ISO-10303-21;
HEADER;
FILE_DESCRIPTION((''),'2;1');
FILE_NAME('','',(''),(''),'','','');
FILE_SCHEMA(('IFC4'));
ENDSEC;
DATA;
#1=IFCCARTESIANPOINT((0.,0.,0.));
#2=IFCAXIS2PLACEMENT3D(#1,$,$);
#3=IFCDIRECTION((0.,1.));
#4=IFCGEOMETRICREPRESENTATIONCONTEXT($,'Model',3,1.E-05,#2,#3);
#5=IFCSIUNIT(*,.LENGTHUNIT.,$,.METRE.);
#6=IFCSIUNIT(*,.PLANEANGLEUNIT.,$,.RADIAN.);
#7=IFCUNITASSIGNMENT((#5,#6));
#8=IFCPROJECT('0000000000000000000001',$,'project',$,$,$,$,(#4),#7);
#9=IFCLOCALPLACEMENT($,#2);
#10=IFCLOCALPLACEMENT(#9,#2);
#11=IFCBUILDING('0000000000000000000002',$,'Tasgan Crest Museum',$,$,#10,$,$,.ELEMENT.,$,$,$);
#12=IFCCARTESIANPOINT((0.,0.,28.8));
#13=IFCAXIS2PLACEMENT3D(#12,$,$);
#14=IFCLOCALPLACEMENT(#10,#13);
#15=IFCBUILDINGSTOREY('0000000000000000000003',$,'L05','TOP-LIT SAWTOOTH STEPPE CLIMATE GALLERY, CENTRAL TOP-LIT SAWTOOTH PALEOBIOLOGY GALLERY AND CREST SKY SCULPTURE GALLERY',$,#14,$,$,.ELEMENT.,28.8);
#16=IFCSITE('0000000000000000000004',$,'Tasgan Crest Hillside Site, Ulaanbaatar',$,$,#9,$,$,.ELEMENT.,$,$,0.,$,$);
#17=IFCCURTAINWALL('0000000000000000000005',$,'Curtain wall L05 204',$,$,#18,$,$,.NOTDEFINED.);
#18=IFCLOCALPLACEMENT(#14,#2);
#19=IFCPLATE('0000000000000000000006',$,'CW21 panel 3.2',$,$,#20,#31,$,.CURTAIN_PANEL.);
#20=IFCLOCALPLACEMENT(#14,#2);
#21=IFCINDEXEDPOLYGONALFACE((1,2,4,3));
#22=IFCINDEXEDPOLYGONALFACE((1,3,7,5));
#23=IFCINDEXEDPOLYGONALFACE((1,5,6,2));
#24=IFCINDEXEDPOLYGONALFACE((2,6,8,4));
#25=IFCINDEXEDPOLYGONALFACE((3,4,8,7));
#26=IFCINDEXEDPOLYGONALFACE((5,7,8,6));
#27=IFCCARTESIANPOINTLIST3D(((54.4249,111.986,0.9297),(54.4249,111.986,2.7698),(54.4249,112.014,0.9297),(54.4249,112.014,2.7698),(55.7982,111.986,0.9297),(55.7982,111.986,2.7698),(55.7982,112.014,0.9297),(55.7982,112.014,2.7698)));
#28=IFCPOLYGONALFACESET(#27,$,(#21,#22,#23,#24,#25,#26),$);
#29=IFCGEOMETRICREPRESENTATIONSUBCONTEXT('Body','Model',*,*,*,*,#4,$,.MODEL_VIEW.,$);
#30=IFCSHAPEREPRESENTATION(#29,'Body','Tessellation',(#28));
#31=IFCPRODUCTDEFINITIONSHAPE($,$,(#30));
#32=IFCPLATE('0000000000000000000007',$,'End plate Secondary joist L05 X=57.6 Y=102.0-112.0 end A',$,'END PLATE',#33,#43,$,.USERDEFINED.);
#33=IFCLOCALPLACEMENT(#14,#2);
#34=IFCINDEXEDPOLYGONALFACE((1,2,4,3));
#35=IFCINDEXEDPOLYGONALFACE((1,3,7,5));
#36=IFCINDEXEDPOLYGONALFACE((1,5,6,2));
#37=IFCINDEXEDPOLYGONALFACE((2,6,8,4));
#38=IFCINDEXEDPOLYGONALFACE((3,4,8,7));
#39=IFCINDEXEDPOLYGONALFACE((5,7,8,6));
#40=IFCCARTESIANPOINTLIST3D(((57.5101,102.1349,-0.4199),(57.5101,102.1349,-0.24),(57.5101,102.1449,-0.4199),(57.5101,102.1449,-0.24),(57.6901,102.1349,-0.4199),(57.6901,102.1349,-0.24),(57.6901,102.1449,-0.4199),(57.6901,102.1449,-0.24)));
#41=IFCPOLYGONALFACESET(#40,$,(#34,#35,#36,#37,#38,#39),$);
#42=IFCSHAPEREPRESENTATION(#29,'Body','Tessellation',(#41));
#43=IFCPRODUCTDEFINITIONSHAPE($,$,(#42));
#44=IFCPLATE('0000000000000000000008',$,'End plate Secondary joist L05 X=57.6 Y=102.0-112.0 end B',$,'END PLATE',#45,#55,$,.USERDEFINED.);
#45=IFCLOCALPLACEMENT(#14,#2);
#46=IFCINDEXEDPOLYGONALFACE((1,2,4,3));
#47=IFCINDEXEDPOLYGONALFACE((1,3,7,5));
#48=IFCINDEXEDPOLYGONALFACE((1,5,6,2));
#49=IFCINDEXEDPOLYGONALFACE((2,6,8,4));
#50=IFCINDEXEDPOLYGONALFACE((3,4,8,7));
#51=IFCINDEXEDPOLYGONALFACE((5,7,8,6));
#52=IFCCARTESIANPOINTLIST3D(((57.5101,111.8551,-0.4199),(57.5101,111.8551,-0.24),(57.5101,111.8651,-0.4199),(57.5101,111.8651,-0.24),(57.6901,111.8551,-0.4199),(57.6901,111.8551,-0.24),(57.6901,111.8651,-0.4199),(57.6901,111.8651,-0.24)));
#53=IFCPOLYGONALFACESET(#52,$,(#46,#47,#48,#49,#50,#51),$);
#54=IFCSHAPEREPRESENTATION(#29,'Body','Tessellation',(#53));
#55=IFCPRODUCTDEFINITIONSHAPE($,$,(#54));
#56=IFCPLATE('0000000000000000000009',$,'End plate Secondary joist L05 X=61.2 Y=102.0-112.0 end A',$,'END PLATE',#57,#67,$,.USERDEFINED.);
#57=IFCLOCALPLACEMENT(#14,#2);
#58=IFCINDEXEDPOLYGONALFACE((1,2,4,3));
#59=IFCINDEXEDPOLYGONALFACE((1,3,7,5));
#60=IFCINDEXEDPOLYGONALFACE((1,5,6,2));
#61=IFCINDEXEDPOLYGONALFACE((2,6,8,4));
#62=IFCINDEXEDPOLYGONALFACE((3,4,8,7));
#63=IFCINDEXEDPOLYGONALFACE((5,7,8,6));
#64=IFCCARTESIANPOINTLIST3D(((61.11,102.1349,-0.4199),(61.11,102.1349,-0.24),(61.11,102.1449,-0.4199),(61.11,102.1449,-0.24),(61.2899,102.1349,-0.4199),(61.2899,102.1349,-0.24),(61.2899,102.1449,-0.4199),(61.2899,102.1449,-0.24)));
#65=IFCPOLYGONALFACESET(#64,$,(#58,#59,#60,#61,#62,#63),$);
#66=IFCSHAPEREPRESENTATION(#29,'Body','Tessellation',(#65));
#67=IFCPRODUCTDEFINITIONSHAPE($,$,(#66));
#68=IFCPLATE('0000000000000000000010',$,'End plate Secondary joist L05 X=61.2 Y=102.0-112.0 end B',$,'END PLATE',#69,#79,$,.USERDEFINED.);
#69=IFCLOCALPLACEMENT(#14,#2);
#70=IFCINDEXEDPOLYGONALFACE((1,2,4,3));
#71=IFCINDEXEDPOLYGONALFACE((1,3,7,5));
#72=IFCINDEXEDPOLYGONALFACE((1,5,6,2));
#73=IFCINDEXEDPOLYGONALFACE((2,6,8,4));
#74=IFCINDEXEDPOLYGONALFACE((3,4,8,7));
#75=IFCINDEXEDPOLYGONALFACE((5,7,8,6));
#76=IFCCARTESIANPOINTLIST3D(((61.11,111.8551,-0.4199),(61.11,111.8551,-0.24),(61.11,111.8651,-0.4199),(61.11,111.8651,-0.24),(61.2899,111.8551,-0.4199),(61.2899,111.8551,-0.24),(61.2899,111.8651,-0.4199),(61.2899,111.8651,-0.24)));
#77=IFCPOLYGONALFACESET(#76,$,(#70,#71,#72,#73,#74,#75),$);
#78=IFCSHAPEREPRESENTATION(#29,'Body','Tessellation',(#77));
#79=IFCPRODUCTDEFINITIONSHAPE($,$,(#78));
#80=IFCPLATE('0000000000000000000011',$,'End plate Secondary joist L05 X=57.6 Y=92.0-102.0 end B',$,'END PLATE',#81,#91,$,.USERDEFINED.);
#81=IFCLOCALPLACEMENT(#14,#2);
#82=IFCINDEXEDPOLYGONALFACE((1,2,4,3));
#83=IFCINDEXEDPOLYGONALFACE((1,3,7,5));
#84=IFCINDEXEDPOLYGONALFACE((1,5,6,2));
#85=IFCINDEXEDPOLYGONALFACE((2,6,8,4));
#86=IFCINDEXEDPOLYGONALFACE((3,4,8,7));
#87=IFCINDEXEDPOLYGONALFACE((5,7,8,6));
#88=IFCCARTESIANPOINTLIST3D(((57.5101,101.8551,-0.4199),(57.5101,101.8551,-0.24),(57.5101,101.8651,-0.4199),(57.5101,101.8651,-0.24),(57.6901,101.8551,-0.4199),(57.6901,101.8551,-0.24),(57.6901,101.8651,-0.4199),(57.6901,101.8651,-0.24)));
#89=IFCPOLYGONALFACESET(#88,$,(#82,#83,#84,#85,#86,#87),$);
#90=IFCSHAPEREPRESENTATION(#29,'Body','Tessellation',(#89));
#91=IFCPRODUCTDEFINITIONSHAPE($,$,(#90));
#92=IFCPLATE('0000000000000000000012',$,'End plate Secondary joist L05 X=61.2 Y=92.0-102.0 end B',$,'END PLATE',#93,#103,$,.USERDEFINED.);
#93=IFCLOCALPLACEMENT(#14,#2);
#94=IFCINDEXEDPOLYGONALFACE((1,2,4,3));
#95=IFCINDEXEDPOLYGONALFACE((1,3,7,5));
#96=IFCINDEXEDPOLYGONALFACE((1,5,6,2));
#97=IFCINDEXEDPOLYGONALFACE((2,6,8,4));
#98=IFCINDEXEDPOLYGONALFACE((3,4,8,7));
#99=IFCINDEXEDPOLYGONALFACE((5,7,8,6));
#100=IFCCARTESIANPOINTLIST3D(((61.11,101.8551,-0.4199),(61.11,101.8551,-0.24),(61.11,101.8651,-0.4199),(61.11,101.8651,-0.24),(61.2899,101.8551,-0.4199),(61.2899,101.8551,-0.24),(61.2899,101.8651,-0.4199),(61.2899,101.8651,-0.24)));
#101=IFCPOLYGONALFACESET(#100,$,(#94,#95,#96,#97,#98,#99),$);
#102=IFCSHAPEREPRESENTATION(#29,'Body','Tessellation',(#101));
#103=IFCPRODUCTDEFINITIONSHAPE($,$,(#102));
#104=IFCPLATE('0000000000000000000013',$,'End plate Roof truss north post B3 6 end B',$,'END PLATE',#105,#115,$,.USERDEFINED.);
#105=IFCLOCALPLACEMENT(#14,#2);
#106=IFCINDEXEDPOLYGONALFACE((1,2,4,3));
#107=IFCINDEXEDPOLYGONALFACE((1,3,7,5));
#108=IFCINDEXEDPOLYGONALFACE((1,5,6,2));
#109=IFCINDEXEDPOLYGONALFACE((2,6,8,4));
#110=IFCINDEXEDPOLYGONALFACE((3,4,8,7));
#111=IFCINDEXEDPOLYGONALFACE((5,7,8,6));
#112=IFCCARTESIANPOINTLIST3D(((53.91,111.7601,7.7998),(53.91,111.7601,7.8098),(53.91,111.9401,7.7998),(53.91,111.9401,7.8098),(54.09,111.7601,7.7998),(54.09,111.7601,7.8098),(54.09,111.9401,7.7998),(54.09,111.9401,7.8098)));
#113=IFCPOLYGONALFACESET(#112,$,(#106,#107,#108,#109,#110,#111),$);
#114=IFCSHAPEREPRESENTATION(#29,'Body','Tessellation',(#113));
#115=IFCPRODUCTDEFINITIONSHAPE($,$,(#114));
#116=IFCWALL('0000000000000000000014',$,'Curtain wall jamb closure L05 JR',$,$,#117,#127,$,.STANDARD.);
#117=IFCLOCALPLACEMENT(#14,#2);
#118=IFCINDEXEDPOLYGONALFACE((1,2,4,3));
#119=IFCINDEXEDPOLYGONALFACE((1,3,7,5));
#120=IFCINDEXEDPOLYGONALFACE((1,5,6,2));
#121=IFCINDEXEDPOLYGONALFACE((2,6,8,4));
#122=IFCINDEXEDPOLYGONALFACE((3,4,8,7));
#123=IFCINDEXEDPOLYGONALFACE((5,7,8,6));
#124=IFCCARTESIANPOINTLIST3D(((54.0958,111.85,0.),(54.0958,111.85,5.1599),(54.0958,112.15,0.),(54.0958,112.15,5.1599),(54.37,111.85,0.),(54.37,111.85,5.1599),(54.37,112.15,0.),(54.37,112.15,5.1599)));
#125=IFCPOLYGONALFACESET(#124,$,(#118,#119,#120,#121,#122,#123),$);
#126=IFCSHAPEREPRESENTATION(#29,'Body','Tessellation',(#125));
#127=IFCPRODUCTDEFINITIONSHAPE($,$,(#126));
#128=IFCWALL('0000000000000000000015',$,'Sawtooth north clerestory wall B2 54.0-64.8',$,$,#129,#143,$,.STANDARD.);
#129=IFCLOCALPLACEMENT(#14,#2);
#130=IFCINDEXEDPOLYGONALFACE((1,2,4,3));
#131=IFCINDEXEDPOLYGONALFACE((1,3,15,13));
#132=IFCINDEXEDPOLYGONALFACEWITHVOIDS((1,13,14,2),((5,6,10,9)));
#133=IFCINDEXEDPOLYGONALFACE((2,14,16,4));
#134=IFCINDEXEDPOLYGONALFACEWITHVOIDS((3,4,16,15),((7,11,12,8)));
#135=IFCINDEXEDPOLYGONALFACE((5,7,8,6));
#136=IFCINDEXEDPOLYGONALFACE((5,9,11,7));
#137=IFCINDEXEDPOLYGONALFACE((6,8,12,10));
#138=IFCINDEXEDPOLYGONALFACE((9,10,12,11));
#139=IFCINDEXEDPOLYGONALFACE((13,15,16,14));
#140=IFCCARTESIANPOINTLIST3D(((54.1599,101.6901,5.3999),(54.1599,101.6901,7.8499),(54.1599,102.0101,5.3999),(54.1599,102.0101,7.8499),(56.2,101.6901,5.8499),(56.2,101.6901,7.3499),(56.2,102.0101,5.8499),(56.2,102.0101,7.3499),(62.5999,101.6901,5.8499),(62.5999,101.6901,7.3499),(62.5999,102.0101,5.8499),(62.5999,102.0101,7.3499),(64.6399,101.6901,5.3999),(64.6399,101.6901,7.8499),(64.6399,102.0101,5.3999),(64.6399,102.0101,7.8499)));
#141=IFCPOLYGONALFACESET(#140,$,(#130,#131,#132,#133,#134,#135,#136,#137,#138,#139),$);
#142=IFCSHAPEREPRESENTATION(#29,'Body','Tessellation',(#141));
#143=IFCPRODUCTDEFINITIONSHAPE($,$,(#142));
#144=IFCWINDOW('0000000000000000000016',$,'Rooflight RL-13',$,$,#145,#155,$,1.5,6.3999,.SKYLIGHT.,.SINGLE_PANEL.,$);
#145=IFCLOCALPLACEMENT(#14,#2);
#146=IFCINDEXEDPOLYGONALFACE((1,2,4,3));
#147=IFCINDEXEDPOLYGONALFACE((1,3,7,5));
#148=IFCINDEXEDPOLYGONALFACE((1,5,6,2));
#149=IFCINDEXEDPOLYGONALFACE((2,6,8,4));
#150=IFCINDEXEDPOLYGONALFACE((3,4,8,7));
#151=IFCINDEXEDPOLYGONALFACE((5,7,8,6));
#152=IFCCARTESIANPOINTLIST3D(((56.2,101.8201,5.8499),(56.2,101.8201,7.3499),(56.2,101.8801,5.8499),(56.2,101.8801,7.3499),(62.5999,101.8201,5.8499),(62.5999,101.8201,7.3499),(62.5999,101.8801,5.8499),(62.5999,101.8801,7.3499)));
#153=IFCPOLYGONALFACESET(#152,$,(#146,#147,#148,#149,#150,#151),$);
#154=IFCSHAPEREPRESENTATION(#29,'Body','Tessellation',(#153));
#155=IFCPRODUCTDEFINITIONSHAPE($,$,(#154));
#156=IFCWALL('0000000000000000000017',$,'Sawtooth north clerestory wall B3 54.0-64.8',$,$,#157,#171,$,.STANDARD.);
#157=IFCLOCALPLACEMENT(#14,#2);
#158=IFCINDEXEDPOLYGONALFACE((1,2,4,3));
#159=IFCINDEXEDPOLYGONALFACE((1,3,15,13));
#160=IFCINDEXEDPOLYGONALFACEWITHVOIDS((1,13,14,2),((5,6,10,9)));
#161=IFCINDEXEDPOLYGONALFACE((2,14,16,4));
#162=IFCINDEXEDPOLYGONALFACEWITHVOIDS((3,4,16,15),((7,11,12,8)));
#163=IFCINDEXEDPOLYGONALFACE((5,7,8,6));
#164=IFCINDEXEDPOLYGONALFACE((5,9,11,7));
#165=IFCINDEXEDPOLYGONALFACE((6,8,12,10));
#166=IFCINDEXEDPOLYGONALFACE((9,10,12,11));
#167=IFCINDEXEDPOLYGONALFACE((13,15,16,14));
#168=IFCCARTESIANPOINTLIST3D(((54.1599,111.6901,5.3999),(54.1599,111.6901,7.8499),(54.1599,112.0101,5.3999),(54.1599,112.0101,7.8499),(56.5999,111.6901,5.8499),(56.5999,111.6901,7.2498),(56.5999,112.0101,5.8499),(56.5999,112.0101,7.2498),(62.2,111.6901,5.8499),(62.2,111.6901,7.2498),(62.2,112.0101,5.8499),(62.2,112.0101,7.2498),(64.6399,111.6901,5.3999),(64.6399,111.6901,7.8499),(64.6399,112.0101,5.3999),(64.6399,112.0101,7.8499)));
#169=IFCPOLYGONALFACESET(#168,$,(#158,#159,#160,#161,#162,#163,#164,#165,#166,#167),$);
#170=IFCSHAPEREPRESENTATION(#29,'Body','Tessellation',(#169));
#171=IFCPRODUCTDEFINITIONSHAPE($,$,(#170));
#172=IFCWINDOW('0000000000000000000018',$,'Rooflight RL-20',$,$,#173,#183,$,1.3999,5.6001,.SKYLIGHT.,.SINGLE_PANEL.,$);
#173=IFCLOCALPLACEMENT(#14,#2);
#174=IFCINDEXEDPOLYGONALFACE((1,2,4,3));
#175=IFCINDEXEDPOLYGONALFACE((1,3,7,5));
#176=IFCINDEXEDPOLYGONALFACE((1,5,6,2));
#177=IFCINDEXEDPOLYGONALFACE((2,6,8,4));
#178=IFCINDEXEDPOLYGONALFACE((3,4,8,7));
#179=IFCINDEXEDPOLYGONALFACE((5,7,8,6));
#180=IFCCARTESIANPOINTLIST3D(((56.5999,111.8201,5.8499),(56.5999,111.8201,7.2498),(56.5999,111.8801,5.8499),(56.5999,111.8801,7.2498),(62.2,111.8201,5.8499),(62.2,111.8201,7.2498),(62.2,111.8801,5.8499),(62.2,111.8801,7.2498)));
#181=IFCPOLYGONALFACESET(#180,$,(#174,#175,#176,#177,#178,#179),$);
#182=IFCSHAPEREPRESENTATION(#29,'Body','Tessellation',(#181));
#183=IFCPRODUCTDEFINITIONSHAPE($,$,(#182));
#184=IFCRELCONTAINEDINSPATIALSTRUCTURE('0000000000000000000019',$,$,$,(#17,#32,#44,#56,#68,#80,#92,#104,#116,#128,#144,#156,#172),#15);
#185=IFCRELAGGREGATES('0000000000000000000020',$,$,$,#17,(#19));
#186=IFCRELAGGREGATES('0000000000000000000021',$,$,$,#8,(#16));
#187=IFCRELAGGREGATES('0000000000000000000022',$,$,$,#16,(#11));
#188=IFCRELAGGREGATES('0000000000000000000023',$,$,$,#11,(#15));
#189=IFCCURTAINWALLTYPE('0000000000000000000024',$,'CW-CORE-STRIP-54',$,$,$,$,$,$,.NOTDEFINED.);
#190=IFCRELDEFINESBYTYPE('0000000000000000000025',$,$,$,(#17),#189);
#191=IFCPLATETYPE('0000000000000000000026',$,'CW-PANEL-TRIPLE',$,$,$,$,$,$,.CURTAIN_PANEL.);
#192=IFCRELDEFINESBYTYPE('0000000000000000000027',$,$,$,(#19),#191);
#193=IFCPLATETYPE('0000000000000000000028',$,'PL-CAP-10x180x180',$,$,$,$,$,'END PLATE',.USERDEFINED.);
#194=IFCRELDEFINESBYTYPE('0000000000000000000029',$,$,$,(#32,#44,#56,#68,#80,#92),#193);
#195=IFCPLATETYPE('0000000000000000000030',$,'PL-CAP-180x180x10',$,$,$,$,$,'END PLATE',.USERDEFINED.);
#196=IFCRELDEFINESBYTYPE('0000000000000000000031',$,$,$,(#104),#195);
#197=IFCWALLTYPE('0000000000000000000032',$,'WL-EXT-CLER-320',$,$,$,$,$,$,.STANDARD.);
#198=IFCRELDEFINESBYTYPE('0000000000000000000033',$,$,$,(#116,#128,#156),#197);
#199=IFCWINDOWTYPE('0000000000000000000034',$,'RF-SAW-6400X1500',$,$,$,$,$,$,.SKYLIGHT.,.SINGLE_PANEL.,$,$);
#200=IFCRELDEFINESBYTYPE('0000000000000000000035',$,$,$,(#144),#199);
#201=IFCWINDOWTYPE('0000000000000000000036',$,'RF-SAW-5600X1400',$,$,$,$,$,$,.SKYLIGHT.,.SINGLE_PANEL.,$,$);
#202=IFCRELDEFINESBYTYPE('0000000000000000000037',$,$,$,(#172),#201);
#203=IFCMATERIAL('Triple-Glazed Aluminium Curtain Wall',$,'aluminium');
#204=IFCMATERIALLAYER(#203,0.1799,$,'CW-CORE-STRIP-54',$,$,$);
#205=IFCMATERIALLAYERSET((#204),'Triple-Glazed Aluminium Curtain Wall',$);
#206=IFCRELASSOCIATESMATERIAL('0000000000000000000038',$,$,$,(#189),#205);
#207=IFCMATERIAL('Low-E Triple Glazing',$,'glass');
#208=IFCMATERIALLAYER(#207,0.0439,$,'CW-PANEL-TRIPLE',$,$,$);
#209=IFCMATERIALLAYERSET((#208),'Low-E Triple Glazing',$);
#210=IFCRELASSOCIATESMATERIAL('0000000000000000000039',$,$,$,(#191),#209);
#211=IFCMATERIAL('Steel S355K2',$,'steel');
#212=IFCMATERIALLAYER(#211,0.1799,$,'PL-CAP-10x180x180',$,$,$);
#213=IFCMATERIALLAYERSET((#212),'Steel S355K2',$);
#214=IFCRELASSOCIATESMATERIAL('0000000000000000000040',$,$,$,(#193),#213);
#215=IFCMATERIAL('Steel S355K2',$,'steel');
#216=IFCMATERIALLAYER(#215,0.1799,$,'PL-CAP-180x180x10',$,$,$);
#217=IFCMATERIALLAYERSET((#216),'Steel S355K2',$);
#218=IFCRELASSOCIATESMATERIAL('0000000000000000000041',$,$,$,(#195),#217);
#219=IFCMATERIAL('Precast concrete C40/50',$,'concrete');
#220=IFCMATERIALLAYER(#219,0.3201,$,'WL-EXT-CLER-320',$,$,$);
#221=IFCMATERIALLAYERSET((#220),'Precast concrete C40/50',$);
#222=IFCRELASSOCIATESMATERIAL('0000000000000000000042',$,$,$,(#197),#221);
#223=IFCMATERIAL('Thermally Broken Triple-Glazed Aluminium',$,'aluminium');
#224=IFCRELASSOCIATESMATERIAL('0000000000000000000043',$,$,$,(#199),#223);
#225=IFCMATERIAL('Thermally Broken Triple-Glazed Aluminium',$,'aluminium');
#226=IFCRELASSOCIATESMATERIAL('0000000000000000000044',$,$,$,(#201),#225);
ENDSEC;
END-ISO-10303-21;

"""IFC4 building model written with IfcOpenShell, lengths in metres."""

from ifc_helpers import new_model, si_unit, direction, frame, frame_2d, origin, origin_2d, place, context, subcontext, project, spatial, rectangle, extrude, material, layer, layer_set, type_object, element, fill, aggregate, save


model = new_model("IFC4")

# Units and contexts
model_context = context("Model", 3, precision=1e-05, world=origin(), true_north=direction((0.0, 1.0)))
body_context = subcontext(model_context, "Body", "Model", "MODEL_VIEW")
ifc_project = project(units=[si_unit("LENGTHUNIT", "METRE"), si_unit("PLANEANGLEUNIT", "RADIAN")], contexts=[model_context])

# Site, building, storey
site_placement = place(None, origin())
site = spatial("IfcSite", under=ifc_project, at=site_placement, Name="Tasgan Crest Hillside Site, Ulaanbaatar", CompositionType="ELEMENT", RefElevation=0.0)
building_placement = place(site_placement, origin())
building = spatial("IfcBuilding", under=site, at=building_placement, Name="Tasgan Crest Museum", CompositionType="ELEMENT")
storey_placement = place(building_placement, frame((0.0, 0.0, 28.8)))
storey = spatial("IfcBuildingStorey", under=building, at=storey_placement, Name="L05", Description="TOP-LIT SAWTOOTH STEPPE CLIMATE GALLERY, CENTRAL TOP-LIT SAWTOOTH PALEOBIOLOGY GALLERY AND CREST SKY SCULPTURE GALLERY", CompositionType="ELEMENT", Elevation=28.8)

# Curtain wall
ifc_material_1 = material(Name="Triple-Glazed Aluminium Curtain Wall", Category="aluminium")
ifc_layer_1 = layer(ifc_material_1, 0.1799, Name="CW-CORE-STRIP-54")
ifc_layer_set_1 = layer_set([ifc_layer_1], Name="Triple-Glazed Aluminium Curtain Wall")
curtain_wall_type = type_object("IfcCurtainWallType", Name="CW-CORE-STRIP-54", PredefinedType="NOTDEFINED", material=ifc_layer_set_1)
curtain_wall_placement = place(storey_placement, origin())
curtain_wall = element("IfcCurtainWall", 1, at=curtain_wall_placement, inside=storey, type_object=curtain_wall_type, Name="Curtain wall L05 204", PredefinedType="NOTDEFINED")

# Plate
ifc_material_2 = material(Name="Low-E Triple Glazing", Category="glass")
ifc_layer_2 = layer(ifc_material_2, 0.0439, Name="CW-PANEL-TRIPLE")
ifc_layer_set_2 = layer_set([ifc_layer_2], Name="Low-E Triple Glazing")
plate_type_1 = type_object("IfcPlateType", Name="CW-PANEL-TRIPLE", PredefinedType="CURTAIN_PANEL", material=ifc_layer_set_2)
plate_1_placement = place(storey_placement, frame((55.1116, 112.0, 0.9297), z_axis=(0.0, 0.0, 1.0), x_axis=(-1.0, 0.0, 0.0)))
plate_1 = element("IfcPlate", 2, at=plate_1_placement, type_object=plate_type_1, Name="CW21 panel 3.2", PredefinedType="CURTAIN_PANEL", context=body_context, shape_type="SweptSolid", body=[
    extrude(rectangle(XDim=1.3733, YDim=0.0281, at=origin_2d()), origin(), (0.0, 0.0, 1.0), 1.8401),
])
aggregate(curtain_wall, [plate_1])

# Plates
ifc_material_3 = material(Name="Steel S355K2", Category="steel")
ifc_layer_3 = layer(ifc_material_3, 0.1799, Name="PL-CAP-10x180x180")
ifc_layer_set_3 = layer_set([ifc_layer_3], Name="Steel S355K2")
plate_type_2 = type_object("IfcPlateType", Name="PL-CAP-10x180x180", ElementType="END PLATE", PredefinedType="USERDEFINED", material=ifc_layer_set_3)
for number, where, z_axis, x_axis, name in (
    (3, (57.6001, 102.1399, -0.4199), (0.0, 0.0, 1.0), (0.0, 1.0, 0.0), "End plate Secondary joist L05 X=57.6 Y=102.0-112.0 end A"),
    (4, (57.6001, 111.8601, -0.4199), (0.0, 0.0, 1.0), (0.0, 1.0, 0.0), "End plate Secondary joist L05 X=57.6 Y=102.0-112.0 end B"),
    (5, (61.2, 102.1399, -0.4199), (0.0, 0.0, 1.0), (0.0, 1.0, 0.0), "End plate Secondary joist L05 X=61.2 Y=102.0-112.0 end A"),
    (6, (61.2, 111.8601, -0.4199), (0.0, 0.0, 1.0), (0.0, 1.0, 0.0), "End plate Secondary joist L05 X=61.2 Y=102.0-112.0 end B"),
    (7, (57.6001, 101.8601, -0.4199), (0.0, 0.0, 1.0), (0.0, 1.0, 0.0), "End plate Secondary joist L05 X=57.6 Y=92.0-102.0 end B"),
    (8, (61.2, 101.8601, -0.4199), (0.0, 0.0, 1.0), (0.0, 1.0, 0.0), "End plate Secondary joist L05 X=61.2 Y=92.0-102.0 end B"),
):
    element("IfcPlate", number, at=place(storey_placement, frame(where, z_axis=z_axis, x_axis=x_axis)), inside=storey, type_object=plate_type_2, Name=name, ObjectType="END PLATE", PredefinedType="USERDEFINED", context=body_context, shape_type="SweptSolid", body=[
        extrude(rectangle(XDim=0.01, YDim=0.1799, at=origin_2d()), origin(), (0.0, 0.0, 1.0), 0.1799),
    ])
ifc_material_4 = material(Name="Steel S355K2", Category="steel")
ifc_layer_4 = layer(ifc_material_4, 0.1799, Name="PL-CAP-180x180x10")
ifc_layer_set_4 = layer_set([ifc_layer_4], Name="Steel S355K2")
plate_type_3 = type_object("IfcPlateType", Name="PL-CAP-180x180x10", ElementType="END PLATE", PredefinedType="USERDEFINED", material=ifc_layer_set_4)
plate_2_placement = place(storey_placement, frame((54.0, 111.8501, 7.7998), z_axis=(0.0, 0.0, 1.0), x_axis=(1.0, 0.0, 0.0)))
element("IfcPlate", 9, at=plate_2_placement, inside=storey, type_object=plate_type_3, Name="End plate Roof truss north post B3 6 end B", ObjectType="END PLATE", PredefinedType="USERDEFINED", context=body_context, shape_type="SweptSolid", body=[
    extrude(rectangle(XDim=0.1799, YDim=0.1799, at=origin_2d()), origin(), (0.0, 0.0, 1.0), 0.01),
])

# Wall
ifc_material_5 = material(Name="Precast concrete C40/50", Category="concrete")
ifc_layer_5 = layer(ifc_material_5, 0.3201, Name="WL-EXT-CLER-320")
ifc_layer_set_5 = layer_set([ifc_layer_5], Name="Precast concrete C40/50")
wall_type = type_object("IfcWallType", Name="WL-EXT-CLER-320", PredefinedType="STANDARD", material=ifc_layer_set_5)
wall_1_placement = place(storey_placement, frame((54.3701, 112.0, 0.0), z_axis=(0.0, 0.0, 1.0), x_axis=(-1.0, 0.0, 0.0)))
element("IfcWall", 10, at=wall_1_placement, inside=storey, type_object=wall_type, Name="Curtain wall jamb closure L05 JR", PredefinedType="STANDARD", context=body_context, shape_type="SweptSolid", body=[
    extrude(rectangle(XDim=0.2742, YDim=0.3, at=frame_2d((0.1372, 0.0))), origin(), (0.0, 0.0, 1.0), 5.1599),
])

# Walls, openings, windows
wall_2_placement = place(storey_placement, frame((54.1599, 101.8501, 5.3999), z_axis=(0.0, 0.0, 1.0), x_axis=(1.0, 0.0, 0.0)))
wall_2 = element("IfcWall", 11, at=wall_2_placement, inside=storey, type_object=wall_type, Name="Sawtooth north clerestory wall B2 54.0-64.8", PredefinedType="STANDARD", context=body_context, shape_type="SweptSolid", body=[
    extrude(rectangle(XDim=10.48, YDim=0.3201, at=frame_2d((5.24, 0.0))), origin(), (0.0, 0.0, 1.0), 2.45),
])
opening_1_placement = place(wall_2_placement, frame((2.04, 0.0, 0.45)))
opening_1 = element("IfcOpeningElement", 12, at=opening_1_placement, cuts=wall_2, PredefinedType="OPENING", context=body_context, shape_type="SweptSolid", body=[
    extrude(rectangle(XDim=6.3999, YDim=1.5, at=frame_2d((3.2, 0.75))), frame((0.0, 0.1699, 0.0), z_axis=(0.0, -1.0, 0.0), x_axis=(1.0, 0.0, 0.0)), (0.0, 0.0, 1.0), 0.3401),
])
ifc_material_6 = material(Name="Thermally Broken Triple-Glazed Aluminium", Category="aluminium")
window_type_1 = type_object("IfcWindowType", Name="RF-SAW-6400X1500", PartitioningType="SINGLE_PANEL", PredefinedType="SKYLIGHT", material=ifc_material_6)
window_1_placement = place(opening_1_placement, origin())
window_1 = element("IfcWindow", 13, at=window_1_placement, inside=storey, type_object=window_type_1, Name="Rooflight RL-13", OverallHeight=1.5, OverallWidth=6.3999, PartitioningType="SINGLE_PANEL", PredefinedType="SKYLIGHT", context=body_context, shape_type="SweptSolid", body=[
    extrude(rectangle(XDim=6.3999, YDim=1.5, at=frame_2d((3.2, 0.75))), frame((0.0, 0.03, 0.0), z_axis=(0.0, -1.0, 0.0), x_axis=(1.0, 0.0, 0.0)), (0.0, 0.0, 1.0), 0.0601),
])
fill(opening_1, window_1)
wall_3_placement = place(storey_placement, frame((54.1599, 111.8501, 5.3999), z_axis=(0.0, 0.0, 1.0), x_axis=(1.0, 0.0, 0.0)))
wall_3 = element("IfcWall", 14, at=wall_3_placement, inside=storey, type_object=wall_type, Name="Sawtooth north clerestory wall B3 54.0-64.8", PredefinedType="STANDARD", context=body_context, shape_type="SweptSolid", body=[
    extrude(rectangle(XDim=10.48, YDim=0.3201, at=frame_2d((5.24, 0.0))), origin(), (0.0, 0.0, 1.0), 2.45),
])
opening_2_placement = place(wall_3_placement, frame((2.4399, 0.0, 0.45)))
opening_2 = element("IfcOpeningElement", 15, at=opening_2_placement, cuts=wall_3, PredefinedType="OPENING", context=body_context, shape_type="SweptSolid", body=[
    extrude(rectangle(XDim=5.6001, YDim=1.3999, at=frame_2d((2.8, 0.7))), frame((0.0, 0.1699, 0.0), z_axis=(0.0, -1.0, 0.0), x_axis=(1.0, 0.0, 0.0)), (0.0, 0.0, 1.0), 0.3401),
])
ifc_material_7 = material(Name="Thermally Broken Triple-Glazed Aluminium", Category="aluminium")
window_type_2 = type_object("IfcWindowType", Name="RF-SAW-5600X1400", PartitioningType="SINGLE_PANEL", PredefinedType="SKYLIGHT", material=ifc_material_7)
window_2_placement = place(opening_2_placement, origin())
window_2 = element("IfcWindow", 16, at=window_2_placement, inside=storey, type_object=window_type_2, Name="Rooflight RL-20", OverallHeight=1.3999, OverallWidth=5.6001, PartitioningType="SINGLE_PANEL", PredefinedType="SKYLIGHT", context=body_context, shape_type="SweptSolid", body=[
    extrude(rectangle(XDim=5.6001, YDim=1.3999, at=frame_2d((2.8, 0.7))), frame((0.0, 0.03, 0.0), z_axis=(0.0, -1.0, 0.0), x_axis=(1.0, 0.0, 0.0)), (0.0, 0.0, 1.0), 0.0601),
])
fill(opening_2, window_2)

save(model, "model.ifc")
